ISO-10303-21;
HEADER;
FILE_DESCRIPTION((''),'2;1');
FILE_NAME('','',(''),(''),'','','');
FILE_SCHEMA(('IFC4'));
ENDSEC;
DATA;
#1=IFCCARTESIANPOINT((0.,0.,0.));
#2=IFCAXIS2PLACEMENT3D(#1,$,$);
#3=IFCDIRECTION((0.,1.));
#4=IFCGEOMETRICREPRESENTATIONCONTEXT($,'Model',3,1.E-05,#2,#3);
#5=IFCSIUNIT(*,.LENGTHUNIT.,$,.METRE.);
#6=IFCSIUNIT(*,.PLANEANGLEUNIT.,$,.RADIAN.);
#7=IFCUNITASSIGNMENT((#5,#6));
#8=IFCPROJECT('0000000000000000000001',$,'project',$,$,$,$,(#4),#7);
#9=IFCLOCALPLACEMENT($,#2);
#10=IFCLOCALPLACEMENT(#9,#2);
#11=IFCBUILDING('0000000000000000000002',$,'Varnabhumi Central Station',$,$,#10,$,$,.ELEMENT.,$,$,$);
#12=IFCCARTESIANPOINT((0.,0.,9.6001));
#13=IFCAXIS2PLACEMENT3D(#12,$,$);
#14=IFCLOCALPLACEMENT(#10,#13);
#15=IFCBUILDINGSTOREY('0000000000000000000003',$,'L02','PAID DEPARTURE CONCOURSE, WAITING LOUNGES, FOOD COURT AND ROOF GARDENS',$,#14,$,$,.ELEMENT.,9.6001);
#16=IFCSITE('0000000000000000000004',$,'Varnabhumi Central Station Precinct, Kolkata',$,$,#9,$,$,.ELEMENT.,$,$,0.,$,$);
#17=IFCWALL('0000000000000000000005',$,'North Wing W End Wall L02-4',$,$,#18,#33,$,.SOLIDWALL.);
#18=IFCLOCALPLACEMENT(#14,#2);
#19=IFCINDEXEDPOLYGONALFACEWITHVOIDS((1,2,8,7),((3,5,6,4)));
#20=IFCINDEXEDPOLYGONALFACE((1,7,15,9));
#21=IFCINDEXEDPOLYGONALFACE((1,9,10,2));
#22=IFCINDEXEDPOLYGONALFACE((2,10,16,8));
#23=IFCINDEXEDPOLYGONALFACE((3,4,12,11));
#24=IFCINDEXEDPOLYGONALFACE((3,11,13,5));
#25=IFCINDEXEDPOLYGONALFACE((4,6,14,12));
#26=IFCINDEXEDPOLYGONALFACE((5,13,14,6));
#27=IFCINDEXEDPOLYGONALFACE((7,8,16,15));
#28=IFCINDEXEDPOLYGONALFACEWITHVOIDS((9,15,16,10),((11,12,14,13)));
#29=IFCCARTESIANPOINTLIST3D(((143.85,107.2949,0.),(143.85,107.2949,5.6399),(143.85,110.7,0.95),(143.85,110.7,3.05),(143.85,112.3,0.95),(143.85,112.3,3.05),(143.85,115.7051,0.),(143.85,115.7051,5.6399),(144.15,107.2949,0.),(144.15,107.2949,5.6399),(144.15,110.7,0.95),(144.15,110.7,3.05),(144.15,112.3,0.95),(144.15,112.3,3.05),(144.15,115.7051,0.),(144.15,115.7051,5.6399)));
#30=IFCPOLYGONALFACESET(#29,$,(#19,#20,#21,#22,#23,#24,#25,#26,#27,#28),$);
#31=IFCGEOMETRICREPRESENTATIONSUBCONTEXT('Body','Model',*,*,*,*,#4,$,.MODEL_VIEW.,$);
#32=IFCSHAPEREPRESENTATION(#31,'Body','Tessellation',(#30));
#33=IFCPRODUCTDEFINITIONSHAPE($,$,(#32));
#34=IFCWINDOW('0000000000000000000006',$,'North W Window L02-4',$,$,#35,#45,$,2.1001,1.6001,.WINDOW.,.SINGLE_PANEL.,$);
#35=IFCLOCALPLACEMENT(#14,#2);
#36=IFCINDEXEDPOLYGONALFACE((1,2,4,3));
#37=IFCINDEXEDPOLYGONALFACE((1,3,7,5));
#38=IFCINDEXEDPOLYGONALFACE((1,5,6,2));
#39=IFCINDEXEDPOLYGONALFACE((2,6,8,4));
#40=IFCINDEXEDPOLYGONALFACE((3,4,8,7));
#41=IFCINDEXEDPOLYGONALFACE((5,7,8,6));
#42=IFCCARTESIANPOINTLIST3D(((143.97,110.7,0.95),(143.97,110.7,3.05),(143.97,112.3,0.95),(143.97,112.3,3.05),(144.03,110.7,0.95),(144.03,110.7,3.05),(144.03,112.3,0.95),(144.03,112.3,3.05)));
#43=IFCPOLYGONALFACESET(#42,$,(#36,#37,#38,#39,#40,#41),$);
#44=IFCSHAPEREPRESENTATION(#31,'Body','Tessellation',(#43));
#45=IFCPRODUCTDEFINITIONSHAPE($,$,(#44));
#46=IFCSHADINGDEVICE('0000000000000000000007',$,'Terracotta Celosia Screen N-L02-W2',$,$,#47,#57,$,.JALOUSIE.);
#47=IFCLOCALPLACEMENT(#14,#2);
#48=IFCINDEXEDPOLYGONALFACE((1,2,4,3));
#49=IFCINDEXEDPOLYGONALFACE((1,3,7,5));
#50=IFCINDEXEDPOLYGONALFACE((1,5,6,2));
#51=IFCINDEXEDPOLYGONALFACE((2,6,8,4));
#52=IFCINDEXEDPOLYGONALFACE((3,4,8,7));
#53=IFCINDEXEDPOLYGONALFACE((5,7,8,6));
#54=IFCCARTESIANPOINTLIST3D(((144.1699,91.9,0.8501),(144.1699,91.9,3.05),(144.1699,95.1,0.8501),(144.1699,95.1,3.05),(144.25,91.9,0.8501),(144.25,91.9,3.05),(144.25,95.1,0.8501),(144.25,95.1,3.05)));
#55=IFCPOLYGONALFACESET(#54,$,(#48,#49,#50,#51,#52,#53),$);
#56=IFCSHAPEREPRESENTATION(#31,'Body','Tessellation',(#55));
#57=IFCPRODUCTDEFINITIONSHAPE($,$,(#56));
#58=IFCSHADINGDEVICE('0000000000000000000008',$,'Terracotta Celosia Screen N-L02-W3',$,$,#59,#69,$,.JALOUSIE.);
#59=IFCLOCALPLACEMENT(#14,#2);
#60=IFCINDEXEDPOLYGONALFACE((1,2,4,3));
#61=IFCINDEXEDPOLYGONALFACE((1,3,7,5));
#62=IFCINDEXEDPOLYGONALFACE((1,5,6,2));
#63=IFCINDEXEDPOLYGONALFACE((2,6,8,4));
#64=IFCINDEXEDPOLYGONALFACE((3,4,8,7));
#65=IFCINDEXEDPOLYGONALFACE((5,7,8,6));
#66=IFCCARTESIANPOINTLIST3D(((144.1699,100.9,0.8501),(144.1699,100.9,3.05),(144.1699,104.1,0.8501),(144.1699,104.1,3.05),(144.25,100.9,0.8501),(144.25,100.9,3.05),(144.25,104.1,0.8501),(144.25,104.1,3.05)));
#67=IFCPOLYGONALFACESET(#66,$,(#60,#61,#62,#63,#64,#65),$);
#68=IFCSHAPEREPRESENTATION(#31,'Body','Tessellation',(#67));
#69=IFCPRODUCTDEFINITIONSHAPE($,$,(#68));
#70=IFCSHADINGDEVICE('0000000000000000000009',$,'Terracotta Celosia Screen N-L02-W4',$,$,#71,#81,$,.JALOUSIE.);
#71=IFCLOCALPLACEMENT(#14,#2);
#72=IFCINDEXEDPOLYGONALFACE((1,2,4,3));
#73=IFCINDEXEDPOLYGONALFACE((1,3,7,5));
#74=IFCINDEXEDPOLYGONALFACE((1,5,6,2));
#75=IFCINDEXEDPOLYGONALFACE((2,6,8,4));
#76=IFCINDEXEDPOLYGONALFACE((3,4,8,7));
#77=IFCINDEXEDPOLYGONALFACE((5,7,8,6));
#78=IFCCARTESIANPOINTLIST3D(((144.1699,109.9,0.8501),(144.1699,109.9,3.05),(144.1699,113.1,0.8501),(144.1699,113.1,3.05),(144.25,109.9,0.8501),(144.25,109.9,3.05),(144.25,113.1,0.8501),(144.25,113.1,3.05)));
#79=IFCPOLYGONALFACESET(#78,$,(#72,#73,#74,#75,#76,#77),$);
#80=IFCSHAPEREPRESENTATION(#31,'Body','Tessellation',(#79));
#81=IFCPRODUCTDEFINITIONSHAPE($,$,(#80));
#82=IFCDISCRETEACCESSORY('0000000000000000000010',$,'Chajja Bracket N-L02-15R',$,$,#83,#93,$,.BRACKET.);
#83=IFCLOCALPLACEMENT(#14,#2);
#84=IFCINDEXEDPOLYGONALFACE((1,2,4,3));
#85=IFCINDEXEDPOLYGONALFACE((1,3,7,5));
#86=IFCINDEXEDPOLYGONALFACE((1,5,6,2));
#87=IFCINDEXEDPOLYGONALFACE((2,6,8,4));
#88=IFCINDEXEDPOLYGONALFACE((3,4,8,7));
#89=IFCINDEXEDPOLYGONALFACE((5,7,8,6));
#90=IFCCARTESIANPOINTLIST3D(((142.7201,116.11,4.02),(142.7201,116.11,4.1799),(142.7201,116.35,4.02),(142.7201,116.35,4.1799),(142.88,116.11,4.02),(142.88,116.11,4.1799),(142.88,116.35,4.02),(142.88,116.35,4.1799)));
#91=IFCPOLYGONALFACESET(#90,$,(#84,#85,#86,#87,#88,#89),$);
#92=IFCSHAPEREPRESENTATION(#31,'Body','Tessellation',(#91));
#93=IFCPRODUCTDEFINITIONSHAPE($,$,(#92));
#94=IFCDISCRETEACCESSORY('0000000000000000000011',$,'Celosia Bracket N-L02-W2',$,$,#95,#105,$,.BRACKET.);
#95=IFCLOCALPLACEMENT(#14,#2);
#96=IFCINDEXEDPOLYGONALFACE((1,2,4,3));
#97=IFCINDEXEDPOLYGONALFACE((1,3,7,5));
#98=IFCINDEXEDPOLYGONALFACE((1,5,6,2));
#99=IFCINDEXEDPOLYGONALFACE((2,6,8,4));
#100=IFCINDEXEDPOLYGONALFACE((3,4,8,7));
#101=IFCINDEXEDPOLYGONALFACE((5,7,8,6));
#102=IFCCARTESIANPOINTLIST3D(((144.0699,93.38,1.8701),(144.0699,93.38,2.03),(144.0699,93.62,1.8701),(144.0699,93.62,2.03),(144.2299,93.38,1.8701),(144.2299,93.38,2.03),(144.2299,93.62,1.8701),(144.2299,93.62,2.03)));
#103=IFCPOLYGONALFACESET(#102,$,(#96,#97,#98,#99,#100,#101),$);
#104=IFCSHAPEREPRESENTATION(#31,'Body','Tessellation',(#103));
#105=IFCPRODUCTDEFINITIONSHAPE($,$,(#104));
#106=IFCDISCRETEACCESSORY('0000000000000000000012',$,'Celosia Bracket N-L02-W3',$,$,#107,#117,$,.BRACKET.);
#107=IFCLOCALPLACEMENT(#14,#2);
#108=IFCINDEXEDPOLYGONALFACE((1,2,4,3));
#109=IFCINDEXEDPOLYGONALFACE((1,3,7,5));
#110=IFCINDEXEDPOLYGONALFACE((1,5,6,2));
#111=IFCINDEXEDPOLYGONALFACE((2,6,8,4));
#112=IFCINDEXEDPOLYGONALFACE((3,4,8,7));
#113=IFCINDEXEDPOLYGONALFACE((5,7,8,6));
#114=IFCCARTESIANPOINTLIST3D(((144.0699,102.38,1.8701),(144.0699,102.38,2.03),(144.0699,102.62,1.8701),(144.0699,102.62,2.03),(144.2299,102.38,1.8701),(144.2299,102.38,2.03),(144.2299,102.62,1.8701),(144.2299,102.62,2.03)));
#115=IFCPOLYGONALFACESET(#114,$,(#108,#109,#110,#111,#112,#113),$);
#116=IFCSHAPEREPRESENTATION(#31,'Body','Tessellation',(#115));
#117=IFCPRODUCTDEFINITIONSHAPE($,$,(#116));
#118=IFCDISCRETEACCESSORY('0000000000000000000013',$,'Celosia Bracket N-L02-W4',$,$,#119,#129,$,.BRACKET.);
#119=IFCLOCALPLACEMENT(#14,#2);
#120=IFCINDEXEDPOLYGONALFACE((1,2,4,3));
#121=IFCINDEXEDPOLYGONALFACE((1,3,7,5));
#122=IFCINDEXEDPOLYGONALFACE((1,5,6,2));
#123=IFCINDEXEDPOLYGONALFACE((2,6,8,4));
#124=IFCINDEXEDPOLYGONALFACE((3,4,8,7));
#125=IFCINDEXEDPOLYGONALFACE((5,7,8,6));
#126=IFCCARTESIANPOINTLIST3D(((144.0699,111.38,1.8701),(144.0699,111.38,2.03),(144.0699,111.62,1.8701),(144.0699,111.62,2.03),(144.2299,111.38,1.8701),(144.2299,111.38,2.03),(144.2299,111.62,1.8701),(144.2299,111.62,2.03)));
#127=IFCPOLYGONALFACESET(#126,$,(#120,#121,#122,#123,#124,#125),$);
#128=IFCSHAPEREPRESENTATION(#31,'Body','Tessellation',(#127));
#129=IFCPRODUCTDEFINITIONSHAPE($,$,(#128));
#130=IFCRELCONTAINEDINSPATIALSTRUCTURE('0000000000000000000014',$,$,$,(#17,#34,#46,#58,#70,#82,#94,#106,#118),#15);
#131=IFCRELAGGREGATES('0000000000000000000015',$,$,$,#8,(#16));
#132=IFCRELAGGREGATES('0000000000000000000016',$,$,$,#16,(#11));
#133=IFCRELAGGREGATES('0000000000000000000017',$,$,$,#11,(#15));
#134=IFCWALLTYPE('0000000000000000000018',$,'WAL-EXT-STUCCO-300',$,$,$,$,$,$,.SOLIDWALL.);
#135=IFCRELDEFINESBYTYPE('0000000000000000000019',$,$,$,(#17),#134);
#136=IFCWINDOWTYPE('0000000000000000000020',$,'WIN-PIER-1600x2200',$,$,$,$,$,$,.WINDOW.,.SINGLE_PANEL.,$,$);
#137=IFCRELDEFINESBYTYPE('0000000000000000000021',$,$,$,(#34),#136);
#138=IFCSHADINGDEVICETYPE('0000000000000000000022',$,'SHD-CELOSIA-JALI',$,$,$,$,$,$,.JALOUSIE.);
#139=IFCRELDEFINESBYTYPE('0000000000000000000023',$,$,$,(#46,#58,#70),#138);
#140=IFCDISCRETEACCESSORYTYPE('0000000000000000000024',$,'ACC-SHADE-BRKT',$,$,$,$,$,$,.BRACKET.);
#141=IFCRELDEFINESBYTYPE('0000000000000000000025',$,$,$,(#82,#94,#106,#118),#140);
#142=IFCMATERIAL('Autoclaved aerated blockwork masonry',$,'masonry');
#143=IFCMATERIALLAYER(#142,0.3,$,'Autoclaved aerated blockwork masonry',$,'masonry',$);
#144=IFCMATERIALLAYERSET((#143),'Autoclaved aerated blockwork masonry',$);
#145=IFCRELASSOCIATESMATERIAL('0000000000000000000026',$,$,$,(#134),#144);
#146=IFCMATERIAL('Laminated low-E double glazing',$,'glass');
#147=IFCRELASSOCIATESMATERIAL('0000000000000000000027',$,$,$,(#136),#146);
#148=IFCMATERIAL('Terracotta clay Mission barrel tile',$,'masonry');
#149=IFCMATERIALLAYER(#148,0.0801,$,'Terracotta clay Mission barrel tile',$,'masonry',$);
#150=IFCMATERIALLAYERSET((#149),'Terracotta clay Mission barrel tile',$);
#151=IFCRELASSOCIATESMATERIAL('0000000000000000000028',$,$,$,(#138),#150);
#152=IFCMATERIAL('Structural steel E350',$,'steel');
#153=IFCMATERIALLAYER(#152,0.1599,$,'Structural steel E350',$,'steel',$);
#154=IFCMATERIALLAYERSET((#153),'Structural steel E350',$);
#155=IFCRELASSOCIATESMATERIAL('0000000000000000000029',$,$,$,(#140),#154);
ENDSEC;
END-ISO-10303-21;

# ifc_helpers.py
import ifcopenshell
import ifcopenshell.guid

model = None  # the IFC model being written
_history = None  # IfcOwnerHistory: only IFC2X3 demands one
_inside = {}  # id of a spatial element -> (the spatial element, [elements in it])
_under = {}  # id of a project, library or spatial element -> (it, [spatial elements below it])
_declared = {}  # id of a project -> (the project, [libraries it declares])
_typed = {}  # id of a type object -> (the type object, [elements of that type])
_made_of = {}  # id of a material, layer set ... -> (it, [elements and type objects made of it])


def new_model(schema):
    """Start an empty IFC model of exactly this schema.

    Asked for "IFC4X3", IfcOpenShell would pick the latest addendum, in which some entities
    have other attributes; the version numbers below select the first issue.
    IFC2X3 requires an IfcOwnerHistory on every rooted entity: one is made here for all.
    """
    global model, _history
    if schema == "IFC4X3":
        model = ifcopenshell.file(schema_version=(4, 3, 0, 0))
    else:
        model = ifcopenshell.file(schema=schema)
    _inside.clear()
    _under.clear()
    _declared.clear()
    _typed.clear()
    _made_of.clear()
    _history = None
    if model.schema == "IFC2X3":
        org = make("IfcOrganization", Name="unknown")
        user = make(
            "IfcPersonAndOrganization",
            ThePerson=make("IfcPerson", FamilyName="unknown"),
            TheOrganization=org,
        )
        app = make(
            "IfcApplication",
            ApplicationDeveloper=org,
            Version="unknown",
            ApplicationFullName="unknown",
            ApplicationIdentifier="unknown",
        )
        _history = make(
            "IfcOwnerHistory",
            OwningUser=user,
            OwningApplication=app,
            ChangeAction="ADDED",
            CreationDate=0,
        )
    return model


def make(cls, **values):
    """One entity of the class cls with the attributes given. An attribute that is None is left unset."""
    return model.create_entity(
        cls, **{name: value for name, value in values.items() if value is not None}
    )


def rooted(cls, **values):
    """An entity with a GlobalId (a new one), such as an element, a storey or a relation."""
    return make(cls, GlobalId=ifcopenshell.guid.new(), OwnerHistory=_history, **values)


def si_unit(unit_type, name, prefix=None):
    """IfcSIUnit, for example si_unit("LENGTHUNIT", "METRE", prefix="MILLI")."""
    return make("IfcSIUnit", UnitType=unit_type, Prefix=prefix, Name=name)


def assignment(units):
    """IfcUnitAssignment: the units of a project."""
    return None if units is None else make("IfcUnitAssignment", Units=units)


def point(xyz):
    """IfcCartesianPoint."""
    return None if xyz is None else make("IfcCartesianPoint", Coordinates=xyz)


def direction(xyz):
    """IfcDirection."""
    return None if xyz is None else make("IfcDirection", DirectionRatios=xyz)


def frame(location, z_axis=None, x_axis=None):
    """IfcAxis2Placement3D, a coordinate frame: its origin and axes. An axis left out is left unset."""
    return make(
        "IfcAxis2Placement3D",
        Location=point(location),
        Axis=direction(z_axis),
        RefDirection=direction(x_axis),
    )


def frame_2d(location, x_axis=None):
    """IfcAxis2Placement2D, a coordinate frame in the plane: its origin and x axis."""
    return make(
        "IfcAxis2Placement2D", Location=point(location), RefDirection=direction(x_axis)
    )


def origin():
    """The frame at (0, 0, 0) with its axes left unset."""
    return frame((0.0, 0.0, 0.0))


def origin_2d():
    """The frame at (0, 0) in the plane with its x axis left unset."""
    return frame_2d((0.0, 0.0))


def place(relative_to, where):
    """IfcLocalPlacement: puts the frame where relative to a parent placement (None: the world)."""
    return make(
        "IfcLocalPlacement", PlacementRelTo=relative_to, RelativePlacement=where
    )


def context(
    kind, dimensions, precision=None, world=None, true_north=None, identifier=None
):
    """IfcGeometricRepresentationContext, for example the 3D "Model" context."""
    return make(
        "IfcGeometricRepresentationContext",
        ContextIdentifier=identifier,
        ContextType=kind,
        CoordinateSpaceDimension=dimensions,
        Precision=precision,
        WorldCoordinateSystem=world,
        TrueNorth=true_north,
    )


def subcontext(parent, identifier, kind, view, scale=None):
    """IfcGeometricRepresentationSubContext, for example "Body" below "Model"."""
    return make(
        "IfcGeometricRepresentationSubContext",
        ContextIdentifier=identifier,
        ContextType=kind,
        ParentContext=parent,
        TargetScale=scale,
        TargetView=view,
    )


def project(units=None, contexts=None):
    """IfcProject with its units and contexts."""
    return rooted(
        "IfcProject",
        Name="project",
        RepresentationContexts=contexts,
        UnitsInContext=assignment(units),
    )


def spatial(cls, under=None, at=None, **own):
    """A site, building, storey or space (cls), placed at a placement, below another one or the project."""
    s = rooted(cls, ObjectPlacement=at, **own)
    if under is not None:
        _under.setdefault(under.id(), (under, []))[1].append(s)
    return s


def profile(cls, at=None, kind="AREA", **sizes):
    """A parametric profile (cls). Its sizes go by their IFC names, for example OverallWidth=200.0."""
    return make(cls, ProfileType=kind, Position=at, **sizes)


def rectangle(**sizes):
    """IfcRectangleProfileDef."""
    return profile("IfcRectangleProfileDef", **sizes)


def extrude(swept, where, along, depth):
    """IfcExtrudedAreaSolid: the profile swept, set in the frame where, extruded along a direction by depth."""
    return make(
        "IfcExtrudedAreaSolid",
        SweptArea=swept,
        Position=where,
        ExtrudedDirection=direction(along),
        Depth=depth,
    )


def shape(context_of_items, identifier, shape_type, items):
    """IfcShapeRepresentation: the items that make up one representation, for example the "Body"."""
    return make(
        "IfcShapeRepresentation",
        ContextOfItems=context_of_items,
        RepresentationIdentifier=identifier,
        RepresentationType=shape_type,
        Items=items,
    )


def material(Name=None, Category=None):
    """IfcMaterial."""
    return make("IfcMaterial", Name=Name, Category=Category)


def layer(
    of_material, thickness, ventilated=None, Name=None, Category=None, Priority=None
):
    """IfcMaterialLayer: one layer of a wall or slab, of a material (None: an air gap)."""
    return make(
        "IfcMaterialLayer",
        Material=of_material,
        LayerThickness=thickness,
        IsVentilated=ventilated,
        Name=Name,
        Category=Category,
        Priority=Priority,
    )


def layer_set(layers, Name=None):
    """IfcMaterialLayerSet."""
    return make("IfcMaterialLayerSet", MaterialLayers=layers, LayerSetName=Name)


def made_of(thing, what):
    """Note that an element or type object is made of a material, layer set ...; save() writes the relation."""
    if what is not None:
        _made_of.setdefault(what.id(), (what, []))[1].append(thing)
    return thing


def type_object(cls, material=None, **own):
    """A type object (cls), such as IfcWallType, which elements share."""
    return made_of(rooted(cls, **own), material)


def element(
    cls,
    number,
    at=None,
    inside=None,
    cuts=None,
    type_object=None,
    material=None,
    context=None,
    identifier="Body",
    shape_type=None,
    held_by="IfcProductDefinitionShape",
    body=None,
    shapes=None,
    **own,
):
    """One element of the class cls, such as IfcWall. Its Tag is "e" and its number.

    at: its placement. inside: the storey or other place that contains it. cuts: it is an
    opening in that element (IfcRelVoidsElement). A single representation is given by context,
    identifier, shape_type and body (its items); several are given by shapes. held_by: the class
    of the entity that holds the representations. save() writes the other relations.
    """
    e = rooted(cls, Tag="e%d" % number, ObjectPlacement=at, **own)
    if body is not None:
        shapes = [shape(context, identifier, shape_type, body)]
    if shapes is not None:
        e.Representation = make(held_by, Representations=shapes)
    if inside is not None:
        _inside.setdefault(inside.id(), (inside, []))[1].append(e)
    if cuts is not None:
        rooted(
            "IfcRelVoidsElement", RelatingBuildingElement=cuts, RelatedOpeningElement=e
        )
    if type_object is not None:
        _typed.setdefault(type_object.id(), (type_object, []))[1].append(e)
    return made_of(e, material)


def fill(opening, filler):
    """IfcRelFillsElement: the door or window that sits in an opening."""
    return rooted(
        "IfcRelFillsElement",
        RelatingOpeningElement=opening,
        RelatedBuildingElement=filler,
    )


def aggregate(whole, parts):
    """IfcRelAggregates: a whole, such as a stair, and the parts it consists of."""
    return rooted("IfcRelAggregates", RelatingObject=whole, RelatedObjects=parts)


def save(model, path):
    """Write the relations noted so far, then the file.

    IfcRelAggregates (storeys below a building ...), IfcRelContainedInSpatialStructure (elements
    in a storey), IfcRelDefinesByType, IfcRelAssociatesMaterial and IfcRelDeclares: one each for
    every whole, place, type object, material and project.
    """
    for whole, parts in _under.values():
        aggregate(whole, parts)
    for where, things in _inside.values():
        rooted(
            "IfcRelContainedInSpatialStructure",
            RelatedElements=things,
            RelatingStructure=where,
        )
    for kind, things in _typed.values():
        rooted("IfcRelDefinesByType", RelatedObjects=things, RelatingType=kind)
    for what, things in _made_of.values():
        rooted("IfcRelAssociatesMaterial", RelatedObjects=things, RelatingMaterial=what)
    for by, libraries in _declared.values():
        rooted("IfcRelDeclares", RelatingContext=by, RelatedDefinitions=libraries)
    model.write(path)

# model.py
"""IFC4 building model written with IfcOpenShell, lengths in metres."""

from ifc_helpers import new_model, si_unit, direction, frame, frame_2d, origin, origin_2d, place, context, subcontext, project, spatial, rectangle, extrude, material, layer, layer_set, type_object, element, fill, save


model = new_model("IFC4")

# Units and contexts
model_context = context("Model", 3, precision=1e-05, world=origin(), true_north=direction((0.0, 1.0)))
body_context = subcontext(model_context, "Body", "Model", "MODEL_VIEW")
ifc_project = project(units=[si_unit("LENGTHUNIT", "METRE"), si_unit("PLANEANGLEUNIT", "RADIAN")], contexts=[model_context])

# Site, building, storey
site_placement = place(None, origin())
site = spatial("IfcSite", under=ifc_project, at=site_placement, Name="Varnabhumi Central Station Precinct, Kolkata", CompositionType="ELEMENT", RefElevation=0.0)
building_placement = place(site_placement, origin())
building = spatial("IfcBuilding", under=site, at=building_placement, Name="Varnabhumi Central Station", CompositionType="ELEMENT")
storey_placement = place(building_placement, frame((0.0, 0.0, 9.6001)))
storey = spatial("IfcBuildingStorey", under=building, at=storey_placement, Name="L02", Description="PAID DEPARTURE CONCOURSE, WAITING LOUNGES, FOOD COURT AND ROOF GARDENS", CompositionType="ELEMENT", Elevation=9.6001)

# Shared definitions
ifc_material_1 = material(Name="Structural steel E350", Category="steel")

# Shared definitions
ifc_material_2 = material(Name="Autoclaved aerated blockwork masonry", Category="masonry")
ifc_layer_1 = layer(ifc_material_2, 0.3, Name="Autoclaved aerated blockwork masonry", Category="masonry")
ifc_layer_set_1 = layer_set([ifc_layer_1], Name="Autoclaved aerated blockwork masonry")
wall_type = type_object("IfcWallType", Name="WAL-EXT-STUCCO-300", PredefinedType="SOLIDWALL", material=ifc_layer_set_1)

# Wall, opening, window
ifc_material_3 = material(Name="Laminated low-E double glazing", Category="glass")
window_type = type_object("IfcWindowType", Name="WIN-PIER-1600x2200", PartitioningType="SINGLE_PANEL", PredefinedType="WINDOW", material=ifc_material_3)
wall_1_placement = place(storey_placement, frame((144.0, 107.2949, 0.0), z_axis=(0.0, 0.0, 1.0), x_axis=(0.0, 1.0, 0.0)))
wall_1 = element("IfcWall", 1, at=wall_1_placement, inside=storey, type_object=wall_type, Name="North Wing W End Wall L02-4", PredefinedType="SOLIDWALL", context=body_context, shape_type="SweptSolid", body=[
    extrude(rectangle(XDim=8.4102, YDim=0.3, at=frame_2d((4.2051, 0.0))), origin(), (0.0, 0.0, 1.0), 5.6399),
])
opening_1_placement = place(wall_1_placement, frame((3.405, 0.0, 0.95)))
opening_1 = element("IfcOpeningElement", 2, at=opening_1_placement, cuts=wall_1, PredefinedType="OPENING", context=body_context, shape_type="SweptSolid", body=[
    extrude(rectangle(XDim=1.6001, YDim=2.1001, at=frame_2d((0.8, 1.05))), frame((0.0, 0.1599, 0.0), z_axis=(0.0, -1.0, 0.0), x_axis=(1.0, 0.0, 0.0)), (0.0, 0.0, 1.0), 0.3201),
])
window_1_placement = place(opening_1_placement, origin())
window_1 = element("IfcWindow", 3, at=window_1_placement, inside=storey, type_object=window_type, Name="North W Window L02-4", OverallHeight=2.1001, OverallWidth=1.6001, PartitioningType="SINGLE_PANEL", PredefinedType="WINDOW", context=body_context, shape_type="SweptSolid", body=[
    extrude(rectangle(XDim=1.6001, YDim=2.1001, at=frame_2d((0.8, 1.05))), frame((0.0, 0.03, 0.0), z_axis=(0.0, -1.0, 0.0), x_axis=(1.0, 0.0, 0.0)), (0.0, 0.0, 1.0), 0.0601),
])
fill(opening_1, window_1)

# Shading devices
ifc_material_4 = material(Name="Terracotta clay Mission barrel tile", Category="masonry")
ifc_layer_2 = layer(ifc_material_4, 0.0801, Name="Terracotta clay Mission barrel tile", Category="masonry")
ifc_layer_set_2 = layer_set([ifc_layer_2], Name="Terracotta clay Mission barrel tile")
shading_device_type = type_object("IfcShadingDeviceType", Name="SHD-CELOSIA-JALI", PredefinedType="JALOUSIE", material=ifc_layer_set_2)
for number, where, z_axis, x_axis, name in (
    (4, (144.21, 93.5, 0.8501), (0.0, 0.0, 1.0), (1.0, 0.0, 0.0), "Terracotta Celosia Screen N-L02-W2"),
    (5, (144.21, 102.5, 0.8501), (0.0, 0.0, 1.0), (1.0, 0.0, 0.0), "Terracotta Celosia Screen N-L02-W3"),
    (6, (144.21, 111.5, 0.8501), (0.0, 0.0, 1.0), (1.0, 0.0, 0.0), "Terracotta Celosia Screen N-L02-W4"),
):
    element("IfcShadingDevice", number, at=place(storey_placement, frame(where, z_axis=z_axis, x_axis=x_axis)), inside=storey, type_object=shading_device_type, Name=name, PredefinedType="JALOUSIE", context=body_context, shape_type="SweptSolid", body=[
        extrude(rectangle(XDim=0.0801, YDim=3.2, at=origin_2d()), origin(), (0.0, 0.0, 1.0), 2.2),
    ])

# Discrete accessories
ifc_layer_3 = layer(ifc_material_1, 0.1599, Name="Structural steel E350", Category="steel")
ifc_layer_set_3 = layer_set([ifc_layer_3], Name="Structural steel E350")
discrete_accessory_type = type_object("IfcDiscreteAccessoryType", Name="ACC-SHADE-BRKT", PredefinedType="BRACKET", material=ifc_layer_set_3)
for number, where, z_axis, x_axis, name in (
    (7, (142.8, 116.23, 4.02), (0.0, 0.0, 1.0), (1.0, 0.0, 0.0), "Chajja Bracket N-L02-15R"),
    (8, (144.1499, 93.5, 1.8701), (0.0, 0.0, 1.0), (1.0, 0.0, 0.0), "Celosia Bracket N-L02-W2"),
    (9, (144.1499, 102.5, 1.8701), (0.0, 0.0, 1.0), (1.0, 0.0, 0.0), "Celosia Bracket N-L02-W3"),
    (10, (144.1499, 111.5, 1.8701), (0.0, 0.0, 1.0), (1.0, 0.0, 0.0), "Celosia Bracket N-L02-W4"),
):
    element("IfcDiscreteAccessory", number, at=place(storey_placement, frame(where, z_axis=z_axis, x_axis=x_axis)), inside=storey, type_object=discrete_accessory_type, Name=name, PredefinedType="BRACKET", context=body_context, shape_type="SweptSolid", body=[
        extrude(rectangle(XDim=0.1599, YDim=0.24, at=origin_2d()), origin(), (0.0, 0.0, 1.0), 0.1599),
    ])

save(model, "model.ifc")
